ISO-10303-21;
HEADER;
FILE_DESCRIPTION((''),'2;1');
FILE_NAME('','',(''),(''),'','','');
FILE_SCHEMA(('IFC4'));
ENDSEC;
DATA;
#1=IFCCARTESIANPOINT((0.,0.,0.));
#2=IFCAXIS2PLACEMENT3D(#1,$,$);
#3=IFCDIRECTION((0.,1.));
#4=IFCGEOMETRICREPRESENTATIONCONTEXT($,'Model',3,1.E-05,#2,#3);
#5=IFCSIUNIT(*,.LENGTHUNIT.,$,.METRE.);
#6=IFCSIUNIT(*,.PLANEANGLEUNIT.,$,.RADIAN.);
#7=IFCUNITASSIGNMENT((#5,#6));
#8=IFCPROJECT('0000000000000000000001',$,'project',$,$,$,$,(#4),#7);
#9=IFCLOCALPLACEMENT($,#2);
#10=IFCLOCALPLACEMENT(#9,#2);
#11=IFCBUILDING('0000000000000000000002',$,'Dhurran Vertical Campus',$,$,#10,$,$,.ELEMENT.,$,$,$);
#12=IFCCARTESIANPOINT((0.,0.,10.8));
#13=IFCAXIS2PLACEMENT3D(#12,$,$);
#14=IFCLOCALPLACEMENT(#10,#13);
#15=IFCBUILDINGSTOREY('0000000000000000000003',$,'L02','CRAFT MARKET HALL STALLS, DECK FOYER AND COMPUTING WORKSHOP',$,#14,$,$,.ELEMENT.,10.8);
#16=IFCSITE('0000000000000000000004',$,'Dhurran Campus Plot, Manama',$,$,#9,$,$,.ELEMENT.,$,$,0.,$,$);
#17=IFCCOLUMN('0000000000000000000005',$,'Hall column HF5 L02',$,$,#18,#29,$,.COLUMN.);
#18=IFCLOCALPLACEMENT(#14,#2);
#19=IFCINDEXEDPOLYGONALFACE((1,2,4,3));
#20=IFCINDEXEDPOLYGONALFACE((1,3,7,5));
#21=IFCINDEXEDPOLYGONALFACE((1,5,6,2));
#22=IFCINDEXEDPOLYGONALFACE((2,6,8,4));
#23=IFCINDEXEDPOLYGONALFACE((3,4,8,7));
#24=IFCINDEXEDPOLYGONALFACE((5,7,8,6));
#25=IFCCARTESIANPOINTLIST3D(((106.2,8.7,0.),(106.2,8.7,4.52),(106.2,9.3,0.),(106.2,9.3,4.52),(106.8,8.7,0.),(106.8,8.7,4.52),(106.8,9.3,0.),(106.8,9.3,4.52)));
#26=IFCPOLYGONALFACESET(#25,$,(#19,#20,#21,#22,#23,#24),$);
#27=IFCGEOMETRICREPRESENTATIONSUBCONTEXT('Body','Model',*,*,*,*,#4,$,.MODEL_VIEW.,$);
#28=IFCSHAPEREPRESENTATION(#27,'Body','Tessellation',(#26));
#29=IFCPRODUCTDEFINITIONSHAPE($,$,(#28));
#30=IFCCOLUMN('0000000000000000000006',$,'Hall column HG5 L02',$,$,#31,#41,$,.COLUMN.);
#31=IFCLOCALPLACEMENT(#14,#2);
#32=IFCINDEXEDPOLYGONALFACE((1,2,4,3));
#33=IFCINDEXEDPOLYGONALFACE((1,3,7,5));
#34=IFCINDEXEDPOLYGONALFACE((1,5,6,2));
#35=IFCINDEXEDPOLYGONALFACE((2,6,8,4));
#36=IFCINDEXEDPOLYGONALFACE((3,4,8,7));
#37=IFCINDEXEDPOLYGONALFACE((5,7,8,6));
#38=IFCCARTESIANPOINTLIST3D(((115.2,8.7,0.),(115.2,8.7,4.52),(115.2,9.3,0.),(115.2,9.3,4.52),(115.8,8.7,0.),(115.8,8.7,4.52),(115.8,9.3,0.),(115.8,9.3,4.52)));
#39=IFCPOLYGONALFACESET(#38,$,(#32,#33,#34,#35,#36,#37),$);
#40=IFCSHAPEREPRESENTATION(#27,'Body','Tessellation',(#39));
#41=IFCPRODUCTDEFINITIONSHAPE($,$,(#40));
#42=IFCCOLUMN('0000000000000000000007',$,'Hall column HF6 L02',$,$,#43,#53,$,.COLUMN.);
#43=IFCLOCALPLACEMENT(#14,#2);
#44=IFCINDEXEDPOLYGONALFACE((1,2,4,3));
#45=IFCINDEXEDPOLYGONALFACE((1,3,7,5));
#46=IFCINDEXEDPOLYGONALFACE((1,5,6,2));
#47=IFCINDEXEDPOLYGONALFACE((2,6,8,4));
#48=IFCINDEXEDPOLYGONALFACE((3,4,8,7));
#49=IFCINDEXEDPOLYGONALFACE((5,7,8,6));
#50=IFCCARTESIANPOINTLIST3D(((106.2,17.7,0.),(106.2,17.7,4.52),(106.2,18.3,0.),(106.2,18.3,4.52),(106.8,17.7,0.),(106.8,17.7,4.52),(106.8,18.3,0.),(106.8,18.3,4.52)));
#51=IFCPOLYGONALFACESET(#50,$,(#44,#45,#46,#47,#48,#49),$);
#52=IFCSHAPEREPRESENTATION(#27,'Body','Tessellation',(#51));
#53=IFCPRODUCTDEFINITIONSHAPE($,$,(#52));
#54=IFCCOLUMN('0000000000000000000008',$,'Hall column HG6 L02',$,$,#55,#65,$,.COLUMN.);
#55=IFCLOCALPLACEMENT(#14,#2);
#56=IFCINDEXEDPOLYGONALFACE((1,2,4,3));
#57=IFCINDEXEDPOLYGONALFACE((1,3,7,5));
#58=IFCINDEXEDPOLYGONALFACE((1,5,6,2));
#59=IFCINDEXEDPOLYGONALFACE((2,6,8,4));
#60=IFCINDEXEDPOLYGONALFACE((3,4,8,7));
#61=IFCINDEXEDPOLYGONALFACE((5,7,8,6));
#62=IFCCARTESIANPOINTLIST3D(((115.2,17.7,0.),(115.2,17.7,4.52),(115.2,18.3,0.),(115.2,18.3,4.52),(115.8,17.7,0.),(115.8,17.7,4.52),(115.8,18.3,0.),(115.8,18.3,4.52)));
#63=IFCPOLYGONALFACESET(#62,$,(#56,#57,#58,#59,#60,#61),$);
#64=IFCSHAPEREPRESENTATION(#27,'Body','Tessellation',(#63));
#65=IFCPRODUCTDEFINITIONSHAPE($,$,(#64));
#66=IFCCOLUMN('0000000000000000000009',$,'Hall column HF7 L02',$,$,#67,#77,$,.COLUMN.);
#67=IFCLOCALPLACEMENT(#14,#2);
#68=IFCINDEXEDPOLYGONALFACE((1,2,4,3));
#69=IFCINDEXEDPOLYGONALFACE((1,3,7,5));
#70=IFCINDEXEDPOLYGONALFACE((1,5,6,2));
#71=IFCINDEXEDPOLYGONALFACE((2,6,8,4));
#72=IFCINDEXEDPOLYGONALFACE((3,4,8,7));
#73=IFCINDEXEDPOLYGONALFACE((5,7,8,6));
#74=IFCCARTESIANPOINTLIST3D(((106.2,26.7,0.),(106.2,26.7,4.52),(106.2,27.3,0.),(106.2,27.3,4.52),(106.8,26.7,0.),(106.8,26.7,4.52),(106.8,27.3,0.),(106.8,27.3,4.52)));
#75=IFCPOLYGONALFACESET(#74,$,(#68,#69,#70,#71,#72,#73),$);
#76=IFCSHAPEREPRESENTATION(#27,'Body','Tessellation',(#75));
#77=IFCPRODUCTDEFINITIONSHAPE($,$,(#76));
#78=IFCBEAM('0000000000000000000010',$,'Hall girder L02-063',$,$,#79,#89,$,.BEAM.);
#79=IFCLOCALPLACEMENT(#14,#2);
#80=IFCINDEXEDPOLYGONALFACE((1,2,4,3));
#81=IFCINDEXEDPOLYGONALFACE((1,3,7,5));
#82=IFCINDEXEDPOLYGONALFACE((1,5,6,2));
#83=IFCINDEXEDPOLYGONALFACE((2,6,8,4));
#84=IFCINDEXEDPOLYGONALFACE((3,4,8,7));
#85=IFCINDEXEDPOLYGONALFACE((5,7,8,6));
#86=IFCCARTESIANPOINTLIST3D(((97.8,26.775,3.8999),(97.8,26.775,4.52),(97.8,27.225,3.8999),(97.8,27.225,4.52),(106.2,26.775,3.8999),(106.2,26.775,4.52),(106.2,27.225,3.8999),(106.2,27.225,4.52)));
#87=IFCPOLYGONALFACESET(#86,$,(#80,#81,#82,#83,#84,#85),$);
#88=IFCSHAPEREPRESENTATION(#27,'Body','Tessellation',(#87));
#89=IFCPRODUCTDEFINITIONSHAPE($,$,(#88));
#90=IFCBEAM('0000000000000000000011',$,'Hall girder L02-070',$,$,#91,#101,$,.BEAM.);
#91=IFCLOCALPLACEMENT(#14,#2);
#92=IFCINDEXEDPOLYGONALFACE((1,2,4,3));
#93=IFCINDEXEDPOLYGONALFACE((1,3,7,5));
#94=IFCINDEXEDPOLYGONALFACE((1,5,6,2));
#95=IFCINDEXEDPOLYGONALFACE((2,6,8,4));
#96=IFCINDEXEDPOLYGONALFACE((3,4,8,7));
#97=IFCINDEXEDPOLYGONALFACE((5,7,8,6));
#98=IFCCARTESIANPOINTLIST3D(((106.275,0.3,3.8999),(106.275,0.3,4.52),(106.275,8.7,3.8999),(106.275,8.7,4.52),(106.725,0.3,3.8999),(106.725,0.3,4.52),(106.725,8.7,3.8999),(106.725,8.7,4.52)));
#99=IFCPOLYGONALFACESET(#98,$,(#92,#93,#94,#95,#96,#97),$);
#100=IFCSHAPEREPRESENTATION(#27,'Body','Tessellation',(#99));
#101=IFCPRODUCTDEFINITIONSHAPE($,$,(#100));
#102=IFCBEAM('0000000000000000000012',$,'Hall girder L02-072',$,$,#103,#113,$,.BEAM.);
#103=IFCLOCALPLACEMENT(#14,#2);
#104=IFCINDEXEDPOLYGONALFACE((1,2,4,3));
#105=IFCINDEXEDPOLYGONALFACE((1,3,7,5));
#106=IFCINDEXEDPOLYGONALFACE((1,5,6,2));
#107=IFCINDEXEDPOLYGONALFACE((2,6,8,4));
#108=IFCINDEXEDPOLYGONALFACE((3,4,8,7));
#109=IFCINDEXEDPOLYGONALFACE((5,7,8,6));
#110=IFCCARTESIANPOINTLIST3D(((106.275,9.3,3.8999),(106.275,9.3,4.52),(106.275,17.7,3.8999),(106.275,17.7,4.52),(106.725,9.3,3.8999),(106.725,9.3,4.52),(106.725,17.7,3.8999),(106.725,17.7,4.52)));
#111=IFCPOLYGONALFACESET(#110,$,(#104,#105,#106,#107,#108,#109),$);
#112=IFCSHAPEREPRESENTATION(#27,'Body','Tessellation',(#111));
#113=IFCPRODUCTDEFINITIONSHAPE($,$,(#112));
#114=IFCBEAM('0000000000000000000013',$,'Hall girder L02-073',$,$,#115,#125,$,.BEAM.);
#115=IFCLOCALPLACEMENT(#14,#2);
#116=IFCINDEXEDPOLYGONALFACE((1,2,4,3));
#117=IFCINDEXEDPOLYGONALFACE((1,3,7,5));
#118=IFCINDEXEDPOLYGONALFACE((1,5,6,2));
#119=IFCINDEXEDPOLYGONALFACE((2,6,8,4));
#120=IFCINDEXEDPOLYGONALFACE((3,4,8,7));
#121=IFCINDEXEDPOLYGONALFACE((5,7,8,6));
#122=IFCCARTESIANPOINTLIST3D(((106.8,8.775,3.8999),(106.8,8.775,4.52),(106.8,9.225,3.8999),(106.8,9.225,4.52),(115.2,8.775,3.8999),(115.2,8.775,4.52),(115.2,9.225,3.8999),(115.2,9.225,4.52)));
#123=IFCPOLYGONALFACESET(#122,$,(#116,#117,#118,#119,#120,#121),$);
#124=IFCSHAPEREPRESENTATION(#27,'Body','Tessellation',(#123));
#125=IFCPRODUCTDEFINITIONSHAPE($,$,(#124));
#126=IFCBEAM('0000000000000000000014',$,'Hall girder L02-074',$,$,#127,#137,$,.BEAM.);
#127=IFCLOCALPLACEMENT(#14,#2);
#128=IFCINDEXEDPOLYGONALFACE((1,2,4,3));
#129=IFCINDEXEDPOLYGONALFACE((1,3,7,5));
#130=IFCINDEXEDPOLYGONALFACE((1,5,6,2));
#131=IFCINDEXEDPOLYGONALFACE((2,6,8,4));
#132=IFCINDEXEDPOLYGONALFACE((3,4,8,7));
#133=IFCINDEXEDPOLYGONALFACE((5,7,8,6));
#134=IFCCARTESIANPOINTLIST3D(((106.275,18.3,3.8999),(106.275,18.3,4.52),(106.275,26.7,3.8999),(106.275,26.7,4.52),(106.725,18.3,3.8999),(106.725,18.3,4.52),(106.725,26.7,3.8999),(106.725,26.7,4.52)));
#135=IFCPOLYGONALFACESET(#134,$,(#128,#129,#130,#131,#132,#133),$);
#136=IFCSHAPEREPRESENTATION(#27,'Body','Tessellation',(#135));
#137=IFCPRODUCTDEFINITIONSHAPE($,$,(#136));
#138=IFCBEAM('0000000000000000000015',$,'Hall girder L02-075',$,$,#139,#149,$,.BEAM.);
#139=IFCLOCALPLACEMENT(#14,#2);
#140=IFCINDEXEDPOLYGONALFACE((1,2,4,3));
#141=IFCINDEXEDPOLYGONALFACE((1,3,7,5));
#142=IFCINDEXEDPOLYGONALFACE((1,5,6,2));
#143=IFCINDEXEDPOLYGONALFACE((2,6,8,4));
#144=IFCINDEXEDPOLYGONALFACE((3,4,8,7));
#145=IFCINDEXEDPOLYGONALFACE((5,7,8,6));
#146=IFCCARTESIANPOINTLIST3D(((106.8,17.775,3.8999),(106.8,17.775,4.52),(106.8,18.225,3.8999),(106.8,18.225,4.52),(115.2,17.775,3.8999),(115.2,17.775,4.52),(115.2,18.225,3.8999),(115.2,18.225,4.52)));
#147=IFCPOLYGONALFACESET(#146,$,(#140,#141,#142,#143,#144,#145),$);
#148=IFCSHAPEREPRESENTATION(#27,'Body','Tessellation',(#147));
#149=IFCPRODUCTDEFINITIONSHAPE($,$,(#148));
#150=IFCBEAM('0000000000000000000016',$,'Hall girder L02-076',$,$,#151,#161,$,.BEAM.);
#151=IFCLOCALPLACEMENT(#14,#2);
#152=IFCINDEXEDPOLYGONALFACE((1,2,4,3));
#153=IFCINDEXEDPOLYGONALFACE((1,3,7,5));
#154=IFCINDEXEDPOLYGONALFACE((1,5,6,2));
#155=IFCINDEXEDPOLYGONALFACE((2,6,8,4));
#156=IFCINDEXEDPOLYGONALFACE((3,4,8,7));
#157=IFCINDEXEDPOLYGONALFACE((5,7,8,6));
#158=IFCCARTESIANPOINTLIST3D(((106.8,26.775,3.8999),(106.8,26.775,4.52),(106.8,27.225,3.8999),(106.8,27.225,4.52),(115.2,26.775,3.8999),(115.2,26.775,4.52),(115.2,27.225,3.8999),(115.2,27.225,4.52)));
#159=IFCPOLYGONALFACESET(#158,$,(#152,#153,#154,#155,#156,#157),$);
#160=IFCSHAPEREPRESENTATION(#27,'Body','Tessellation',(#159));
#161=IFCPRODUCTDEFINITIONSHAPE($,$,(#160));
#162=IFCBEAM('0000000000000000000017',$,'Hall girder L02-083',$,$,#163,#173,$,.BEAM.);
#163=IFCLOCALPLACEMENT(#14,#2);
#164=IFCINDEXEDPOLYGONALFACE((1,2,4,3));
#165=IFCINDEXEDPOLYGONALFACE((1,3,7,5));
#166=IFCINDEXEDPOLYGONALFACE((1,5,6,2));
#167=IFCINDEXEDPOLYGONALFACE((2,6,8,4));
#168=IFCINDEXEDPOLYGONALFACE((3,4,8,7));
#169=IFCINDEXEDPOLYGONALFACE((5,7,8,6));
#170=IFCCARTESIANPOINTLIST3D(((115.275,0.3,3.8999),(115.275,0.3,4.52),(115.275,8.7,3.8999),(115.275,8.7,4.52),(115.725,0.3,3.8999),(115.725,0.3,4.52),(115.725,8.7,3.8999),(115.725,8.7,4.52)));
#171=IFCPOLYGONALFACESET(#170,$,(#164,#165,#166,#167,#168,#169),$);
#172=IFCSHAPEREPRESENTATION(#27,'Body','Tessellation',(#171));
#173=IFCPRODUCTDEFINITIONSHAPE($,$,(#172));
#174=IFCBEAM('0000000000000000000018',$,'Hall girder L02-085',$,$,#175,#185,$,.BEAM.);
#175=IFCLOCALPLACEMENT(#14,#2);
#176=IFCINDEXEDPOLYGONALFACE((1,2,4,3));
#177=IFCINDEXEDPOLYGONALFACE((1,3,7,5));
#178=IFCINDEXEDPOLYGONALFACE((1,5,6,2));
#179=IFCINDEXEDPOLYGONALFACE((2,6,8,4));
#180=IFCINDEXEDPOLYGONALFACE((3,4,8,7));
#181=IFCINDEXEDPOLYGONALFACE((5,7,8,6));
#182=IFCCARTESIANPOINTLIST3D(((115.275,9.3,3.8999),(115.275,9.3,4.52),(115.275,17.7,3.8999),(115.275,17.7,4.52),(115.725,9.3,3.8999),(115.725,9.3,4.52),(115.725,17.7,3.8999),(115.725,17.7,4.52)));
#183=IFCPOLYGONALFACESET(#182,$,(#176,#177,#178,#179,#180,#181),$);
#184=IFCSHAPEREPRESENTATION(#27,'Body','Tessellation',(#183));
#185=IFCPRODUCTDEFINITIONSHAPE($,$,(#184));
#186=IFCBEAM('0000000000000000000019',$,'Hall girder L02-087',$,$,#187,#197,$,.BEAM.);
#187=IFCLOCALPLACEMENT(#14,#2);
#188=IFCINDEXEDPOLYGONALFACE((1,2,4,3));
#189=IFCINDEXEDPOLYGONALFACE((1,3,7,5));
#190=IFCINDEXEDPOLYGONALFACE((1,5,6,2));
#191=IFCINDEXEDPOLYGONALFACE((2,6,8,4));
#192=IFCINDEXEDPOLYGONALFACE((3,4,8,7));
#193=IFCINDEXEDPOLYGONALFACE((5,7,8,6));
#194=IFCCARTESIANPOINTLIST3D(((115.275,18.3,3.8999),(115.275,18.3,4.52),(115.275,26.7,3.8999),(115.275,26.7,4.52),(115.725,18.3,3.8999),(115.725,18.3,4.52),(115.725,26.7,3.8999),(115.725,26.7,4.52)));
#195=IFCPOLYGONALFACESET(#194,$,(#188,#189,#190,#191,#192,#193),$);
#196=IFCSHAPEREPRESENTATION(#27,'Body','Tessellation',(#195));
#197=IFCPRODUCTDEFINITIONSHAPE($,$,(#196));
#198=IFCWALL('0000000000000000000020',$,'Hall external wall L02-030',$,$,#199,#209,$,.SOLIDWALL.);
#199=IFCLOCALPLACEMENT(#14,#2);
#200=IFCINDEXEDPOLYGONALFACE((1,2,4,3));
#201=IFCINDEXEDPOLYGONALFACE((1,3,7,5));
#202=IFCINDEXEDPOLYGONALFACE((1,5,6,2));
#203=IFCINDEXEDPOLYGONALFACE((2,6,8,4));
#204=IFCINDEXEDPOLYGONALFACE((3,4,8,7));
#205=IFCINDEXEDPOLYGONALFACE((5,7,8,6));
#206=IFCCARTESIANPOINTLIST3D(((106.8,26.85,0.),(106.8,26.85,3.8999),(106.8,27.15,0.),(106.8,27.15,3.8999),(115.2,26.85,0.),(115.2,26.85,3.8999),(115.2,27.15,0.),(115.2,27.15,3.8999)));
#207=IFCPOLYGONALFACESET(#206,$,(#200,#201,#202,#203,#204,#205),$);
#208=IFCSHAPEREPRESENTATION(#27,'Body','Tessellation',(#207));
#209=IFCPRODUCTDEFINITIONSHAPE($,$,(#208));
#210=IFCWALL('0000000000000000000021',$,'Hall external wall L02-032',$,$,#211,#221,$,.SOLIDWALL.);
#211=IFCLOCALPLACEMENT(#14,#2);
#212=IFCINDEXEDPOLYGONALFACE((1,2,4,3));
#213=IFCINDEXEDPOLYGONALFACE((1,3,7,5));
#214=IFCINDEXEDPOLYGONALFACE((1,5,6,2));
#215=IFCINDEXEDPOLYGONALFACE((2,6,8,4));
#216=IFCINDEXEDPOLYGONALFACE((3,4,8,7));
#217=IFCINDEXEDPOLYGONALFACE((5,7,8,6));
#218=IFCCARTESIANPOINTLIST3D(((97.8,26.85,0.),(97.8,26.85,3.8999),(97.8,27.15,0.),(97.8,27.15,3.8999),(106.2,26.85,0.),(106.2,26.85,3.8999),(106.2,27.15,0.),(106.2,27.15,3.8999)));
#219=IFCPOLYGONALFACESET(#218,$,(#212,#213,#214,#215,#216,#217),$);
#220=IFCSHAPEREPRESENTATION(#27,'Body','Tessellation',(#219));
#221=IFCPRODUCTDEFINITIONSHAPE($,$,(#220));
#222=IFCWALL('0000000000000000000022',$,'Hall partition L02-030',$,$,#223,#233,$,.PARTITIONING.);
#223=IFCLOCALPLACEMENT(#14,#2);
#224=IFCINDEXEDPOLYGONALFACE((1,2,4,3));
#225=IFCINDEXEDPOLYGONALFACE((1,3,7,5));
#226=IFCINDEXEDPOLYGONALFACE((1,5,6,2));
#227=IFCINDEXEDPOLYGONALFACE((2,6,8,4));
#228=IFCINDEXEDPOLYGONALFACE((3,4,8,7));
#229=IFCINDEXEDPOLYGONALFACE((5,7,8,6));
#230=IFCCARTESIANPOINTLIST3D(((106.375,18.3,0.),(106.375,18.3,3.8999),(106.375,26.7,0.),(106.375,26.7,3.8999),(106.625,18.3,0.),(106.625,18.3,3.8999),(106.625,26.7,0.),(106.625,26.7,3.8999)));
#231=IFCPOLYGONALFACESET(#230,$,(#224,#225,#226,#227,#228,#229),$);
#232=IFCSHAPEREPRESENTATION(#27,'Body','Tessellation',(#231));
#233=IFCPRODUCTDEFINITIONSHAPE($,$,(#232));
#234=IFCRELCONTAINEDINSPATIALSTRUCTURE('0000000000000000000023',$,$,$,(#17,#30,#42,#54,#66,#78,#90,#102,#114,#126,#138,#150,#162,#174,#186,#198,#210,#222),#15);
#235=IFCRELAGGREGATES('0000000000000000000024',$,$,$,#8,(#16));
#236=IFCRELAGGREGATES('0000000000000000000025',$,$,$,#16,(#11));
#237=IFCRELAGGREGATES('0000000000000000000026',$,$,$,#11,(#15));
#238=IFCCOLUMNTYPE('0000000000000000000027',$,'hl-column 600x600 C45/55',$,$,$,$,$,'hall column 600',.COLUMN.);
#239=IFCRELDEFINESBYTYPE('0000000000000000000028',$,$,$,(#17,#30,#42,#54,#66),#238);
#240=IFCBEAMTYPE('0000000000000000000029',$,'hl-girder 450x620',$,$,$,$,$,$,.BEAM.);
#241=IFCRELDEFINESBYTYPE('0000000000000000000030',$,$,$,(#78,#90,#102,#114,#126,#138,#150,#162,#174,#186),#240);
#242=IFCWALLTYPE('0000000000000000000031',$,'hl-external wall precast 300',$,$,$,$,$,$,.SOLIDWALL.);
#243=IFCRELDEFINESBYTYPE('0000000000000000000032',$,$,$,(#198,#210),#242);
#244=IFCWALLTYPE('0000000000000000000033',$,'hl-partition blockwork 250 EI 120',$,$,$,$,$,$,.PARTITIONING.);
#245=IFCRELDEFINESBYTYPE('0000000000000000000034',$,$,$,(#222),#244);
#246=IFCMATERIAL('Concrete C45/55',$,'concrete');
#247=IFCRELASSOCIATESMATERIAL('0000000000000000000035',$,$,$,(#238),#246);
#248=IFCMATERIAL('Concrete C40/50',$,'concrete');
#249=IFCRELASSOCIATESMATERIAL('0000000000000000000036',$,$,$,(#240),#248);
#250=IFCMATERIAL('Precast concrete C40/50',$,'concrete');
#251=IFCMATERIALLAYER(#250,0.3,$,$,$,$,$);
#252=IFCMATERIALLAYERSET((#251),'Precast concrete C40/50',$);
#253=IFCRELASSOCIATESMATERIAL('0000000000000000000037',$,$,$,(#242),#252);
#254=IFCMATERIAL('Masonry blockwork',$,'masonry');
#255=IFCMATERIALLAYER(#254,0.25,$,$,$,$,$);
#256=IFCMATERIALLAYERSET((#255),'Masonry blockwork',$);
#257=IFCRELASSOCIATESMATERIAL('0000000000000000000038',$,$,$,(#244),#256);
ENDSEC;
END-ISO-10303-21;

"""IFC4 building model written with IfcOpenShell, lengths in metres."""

from ifc_helpers import new_model, si_unit, direction, frame, frame_2d, origin, origin_2d, place, context, subcontext, project, spatial, rectangle, extrude, material, layer, layer_set, material_profile, profile_set, type_object, element, save


model = new_model("IFC4")

# Units and contexts
model_context = context("Model", 3, precision=1e-05, world=origin(), true_north=direction((0.0, 1.0)))
body_context = subcontext(model_context, "Body", "Model", "MODEL_VIEW")
ifc_project = project(units=[si_unit("LENGTHUNIT", "METRE"), si_unit("PLANEANGLEUNIT", "RADIAN")], contexts=[model_context])

# Site, building, storey
site_placement = place(None, origin())
site = spatial("IfcSite", under=ifc_project, at=site_placement, Name="Dhurran Campus Plot, Manama", CompositionType="ELEMENT", RefElevation=0.0)
building_placement = place(site_placement, origin())
building = spatial("IfcBuilding", under=site, at=building_placement, Name="Dhurran Vertical Campus", CompositionType="ELEMENT")
storey_placement = place(building_placement, frame((0.0, 0.0, 10.8)))
storey = spatial("IfcBuildingStorey", under=building, at=storey_placement, Name="L02", Description="CRAFT MARKET HALL STALLS, DECK FOYER AND COMPUTING WORKSHOP", CompositionType="ELEMENT", Elevation=10.8)

# Columns
ifc_material_1 = material(Name="Concrete C45/55", Category="concrete")
ifc_material_profile_1 = material_profile(ifc_material_1, rectangle(XDim=0.6001, YDim=0.6001, at=origin_2d()), Name="hl-column 600x600 C45/55")
ifc_profile_set_1 = profile_set([ifc_material_profile_1], Name="Concrete C45/55")
column_type = type_object("IfcColumnType", Name="hl-column 600x600 C45/55", ElementType="hall column 600", PredefinedType="COLUMN", material=ifc_profile_set_1)
for number, where, z_axis, x_axis, name in (
    (1, (106.5, 9.0, 0.0), (0.0, 0.0, 1.0), (1.0, 0.0, 0.0), "Hall column HF5 L02"),
    (2, (115.5, 9.0, 0.0), (0.0, 0.0, 1.0), (1.0, 0.0, 0.0), "Hall column HG5 L02"),
    (3, (106.5, 18.0, 0.0), (0.0, 0.0, 1.0), (1.0, 0.0, 0.0), "Hall column HF6 L02"),
    (4, (115.5, 18.0, 0.0), (0.0, 0.0, 1.0), (1.0, 0.0, 0.0), "Hall column HG6 L02"),
    (5, (106.5, 27.0, 0.0), (0.0, 0.0, 1.0), (1.0, 0.0, 0.0), "Hall column HF7 L02"),
):
    element("IfcColumn", number, at=place(storey_placement, frame(where, z_axis=z_axis, x_axis=x_axis)), inside=storey, type_object=column_type, Name=name, PredefinedType="COLUMN", context=body_context, shape_type="SweptSolid", body=[
        extrude(rectangle(XDim=0.6001, YDim=0.6001, at=origin_2d()), origin(), (0.0, 0.0, 1.0), 4.52),
    ])

# Beams
ifc_material_2 = material(Name="Concrete C40/50", Category="concrete")
ifc_material_profile_2 = material_profile(ifc_material_2, rectangle(XDim=0.45, YDim=0.6201, at=origin_2d()), Name="hl-girder 450x620")
ifc_profile_set_2 = profile_set([ifc_material_profile_2], Name="Concrete C40/50")
beam_type = type_object("IfcBeamType", Name="hl-girder 450x620", PredefinedType="BEAM", material=ifc_profile_set_2)
for number, where, z_axis, x_axis, name in (
    (6, (97.8, 27.0, 4.21), (1.0, 0.0, 0.0), (0.0, 1.0, 0.0), "Hall girder L02-063"),
    (7, (106.5, 0.3, 4.21), (0.0, 1.0, 0.0), (-1.0, 0.0, 0.0), "Hall girder L02-070"),
    (8, (106.5, 9.3, 4.21), (0.0, 1.0, 0.0), (-1.0, 0.0, 0.0), "Hall girder L02-072"),
    (9, (106.8, 9.0, 4.21), (1.0, 0.0, 0.0), (0.0, 1.0, 0.0), "Hall girder L02-073"),
    (10, (106.5, 18.3, 4.21), (0.0, 1.0, 0.0), (-1.0, 0.0, 0.0), "Hall girder L02-074"),
    (11, (106.8, 18.0, 4.21), (1.0, 0.0, 0.0), (0.0, 1.0, 0.0), "Hall girder L02-075"),
    (12, (106.8, 27.0, 4.21), (1.0, 0.0, 0.0), (0.0, 1.0, 0.0), "Hall girder L02-076"),
    (13, (115.5, 0.3, 4.21), (0.0, 1.0, 0.0), (-1.0, 0.0, 0.0), "Hall girder L02-083"),
    (14, (115.5, 9.3, 4.21), (0.0, 1.0, 0.0), (-1.0, 0.0, 0.0), "Hall girder L02-085"),
    (15, (115.5, 18.3, 4.21), (0.0, 1.0, 0.0), (-1.0, 0.0, 0.0), "Hall girder L02-087"),
):
    element("IfcBeam", number, at=place(storey_placement, frame(where, z_axis=z_axis, x_axis=x_axis)), inside=storey, type_object=beam_type, Name=name, PredefinedType="BEAM", context=body_context, shape_type="SweptSolid", body=[
        extrude(rectangle(XDim=0.45, YDim=0.6201, at=origin_2d()), origin(), (0.0, 0.0, 1.0), 8.3999),
    ])

# Walls
ifc_material_3 = material(Name="Precast concrete C40/50", Category="concrete")
ifc_layer_1 = layer(ifc_material_3, 0.3)
ifc_layer_set_1 = layer_set([ifc_layer_1], Name="Precast concrete C40/50")
wall_type_1 = type_object("IfcWallType", Name="hl-external wall precast 300", PredefinedType="SOLIDWALL", material=ifc_layer_set_1)
for number, where, z_axis, x_axis, name in (
    (16, (115.2, 27.0, 0.0), (0.0, 0.0, 1.0), (-1.0, 0.0, 0.0), "Hall external wall L02-030"),
    (17, (106.2, 27.0, 0.0), (0.0, 0.0, 1.0), (-1.0, 0.0, 0.0), "Hall external wall L02-032"),
):
    element("IfcWall", number, at=place(storey_placement, frame(where, z_axis=z_axis, x_axis=x_axis)), inside=storey, type_object=wall_type_1, Name=name, PredefinedType="SOLIDWALL", context=body_context, shape_type="SweptSolid", body=[
        extrude(rectangle(XDim=8.3999, YDim=0.3, at=frame_2d((4.2, 0.0))), origin(), (0.0, 0.0, 1.0), 3.8999),
    ])
ifc_material_4 = material(Name="Masonry blockwork", Category="masonry")
ifc_layer_2 = layer(ifc_material_4, 0.25)
ifc_layer_set_2 = layer_set([ifc_layer_2], Name="Masonry blockwork")
wall_type_2 = type_object("IfcWallType", Name="hl-partition blockwork 250 EI 120", PredefinedType="PARTITIONING", material=ifc_layer_set_2)
wall_1_placement = place(storey_placement, frame((106.5, 18.3, 0.0), z_axis=(0.0, 0.0, 1.0), x_axis=(0.0, 1.0, 0.0)))
element("IfcWall", 18, at=wall_1_placement, inside=storey, type_object=wall_type_2, Name="Hall partition L02-030", PredefinedType="PARTITIONING", context=body_context, shape_type="SweptSolid", body=[
    extrude(rectangle(XDim=8.3999, YDim=0.25, at=frame_2d((4.2, 0.0))), origin(), (0.0, 0.0, 1.0), 3.8999),
])

save(model, "model.ifc")
